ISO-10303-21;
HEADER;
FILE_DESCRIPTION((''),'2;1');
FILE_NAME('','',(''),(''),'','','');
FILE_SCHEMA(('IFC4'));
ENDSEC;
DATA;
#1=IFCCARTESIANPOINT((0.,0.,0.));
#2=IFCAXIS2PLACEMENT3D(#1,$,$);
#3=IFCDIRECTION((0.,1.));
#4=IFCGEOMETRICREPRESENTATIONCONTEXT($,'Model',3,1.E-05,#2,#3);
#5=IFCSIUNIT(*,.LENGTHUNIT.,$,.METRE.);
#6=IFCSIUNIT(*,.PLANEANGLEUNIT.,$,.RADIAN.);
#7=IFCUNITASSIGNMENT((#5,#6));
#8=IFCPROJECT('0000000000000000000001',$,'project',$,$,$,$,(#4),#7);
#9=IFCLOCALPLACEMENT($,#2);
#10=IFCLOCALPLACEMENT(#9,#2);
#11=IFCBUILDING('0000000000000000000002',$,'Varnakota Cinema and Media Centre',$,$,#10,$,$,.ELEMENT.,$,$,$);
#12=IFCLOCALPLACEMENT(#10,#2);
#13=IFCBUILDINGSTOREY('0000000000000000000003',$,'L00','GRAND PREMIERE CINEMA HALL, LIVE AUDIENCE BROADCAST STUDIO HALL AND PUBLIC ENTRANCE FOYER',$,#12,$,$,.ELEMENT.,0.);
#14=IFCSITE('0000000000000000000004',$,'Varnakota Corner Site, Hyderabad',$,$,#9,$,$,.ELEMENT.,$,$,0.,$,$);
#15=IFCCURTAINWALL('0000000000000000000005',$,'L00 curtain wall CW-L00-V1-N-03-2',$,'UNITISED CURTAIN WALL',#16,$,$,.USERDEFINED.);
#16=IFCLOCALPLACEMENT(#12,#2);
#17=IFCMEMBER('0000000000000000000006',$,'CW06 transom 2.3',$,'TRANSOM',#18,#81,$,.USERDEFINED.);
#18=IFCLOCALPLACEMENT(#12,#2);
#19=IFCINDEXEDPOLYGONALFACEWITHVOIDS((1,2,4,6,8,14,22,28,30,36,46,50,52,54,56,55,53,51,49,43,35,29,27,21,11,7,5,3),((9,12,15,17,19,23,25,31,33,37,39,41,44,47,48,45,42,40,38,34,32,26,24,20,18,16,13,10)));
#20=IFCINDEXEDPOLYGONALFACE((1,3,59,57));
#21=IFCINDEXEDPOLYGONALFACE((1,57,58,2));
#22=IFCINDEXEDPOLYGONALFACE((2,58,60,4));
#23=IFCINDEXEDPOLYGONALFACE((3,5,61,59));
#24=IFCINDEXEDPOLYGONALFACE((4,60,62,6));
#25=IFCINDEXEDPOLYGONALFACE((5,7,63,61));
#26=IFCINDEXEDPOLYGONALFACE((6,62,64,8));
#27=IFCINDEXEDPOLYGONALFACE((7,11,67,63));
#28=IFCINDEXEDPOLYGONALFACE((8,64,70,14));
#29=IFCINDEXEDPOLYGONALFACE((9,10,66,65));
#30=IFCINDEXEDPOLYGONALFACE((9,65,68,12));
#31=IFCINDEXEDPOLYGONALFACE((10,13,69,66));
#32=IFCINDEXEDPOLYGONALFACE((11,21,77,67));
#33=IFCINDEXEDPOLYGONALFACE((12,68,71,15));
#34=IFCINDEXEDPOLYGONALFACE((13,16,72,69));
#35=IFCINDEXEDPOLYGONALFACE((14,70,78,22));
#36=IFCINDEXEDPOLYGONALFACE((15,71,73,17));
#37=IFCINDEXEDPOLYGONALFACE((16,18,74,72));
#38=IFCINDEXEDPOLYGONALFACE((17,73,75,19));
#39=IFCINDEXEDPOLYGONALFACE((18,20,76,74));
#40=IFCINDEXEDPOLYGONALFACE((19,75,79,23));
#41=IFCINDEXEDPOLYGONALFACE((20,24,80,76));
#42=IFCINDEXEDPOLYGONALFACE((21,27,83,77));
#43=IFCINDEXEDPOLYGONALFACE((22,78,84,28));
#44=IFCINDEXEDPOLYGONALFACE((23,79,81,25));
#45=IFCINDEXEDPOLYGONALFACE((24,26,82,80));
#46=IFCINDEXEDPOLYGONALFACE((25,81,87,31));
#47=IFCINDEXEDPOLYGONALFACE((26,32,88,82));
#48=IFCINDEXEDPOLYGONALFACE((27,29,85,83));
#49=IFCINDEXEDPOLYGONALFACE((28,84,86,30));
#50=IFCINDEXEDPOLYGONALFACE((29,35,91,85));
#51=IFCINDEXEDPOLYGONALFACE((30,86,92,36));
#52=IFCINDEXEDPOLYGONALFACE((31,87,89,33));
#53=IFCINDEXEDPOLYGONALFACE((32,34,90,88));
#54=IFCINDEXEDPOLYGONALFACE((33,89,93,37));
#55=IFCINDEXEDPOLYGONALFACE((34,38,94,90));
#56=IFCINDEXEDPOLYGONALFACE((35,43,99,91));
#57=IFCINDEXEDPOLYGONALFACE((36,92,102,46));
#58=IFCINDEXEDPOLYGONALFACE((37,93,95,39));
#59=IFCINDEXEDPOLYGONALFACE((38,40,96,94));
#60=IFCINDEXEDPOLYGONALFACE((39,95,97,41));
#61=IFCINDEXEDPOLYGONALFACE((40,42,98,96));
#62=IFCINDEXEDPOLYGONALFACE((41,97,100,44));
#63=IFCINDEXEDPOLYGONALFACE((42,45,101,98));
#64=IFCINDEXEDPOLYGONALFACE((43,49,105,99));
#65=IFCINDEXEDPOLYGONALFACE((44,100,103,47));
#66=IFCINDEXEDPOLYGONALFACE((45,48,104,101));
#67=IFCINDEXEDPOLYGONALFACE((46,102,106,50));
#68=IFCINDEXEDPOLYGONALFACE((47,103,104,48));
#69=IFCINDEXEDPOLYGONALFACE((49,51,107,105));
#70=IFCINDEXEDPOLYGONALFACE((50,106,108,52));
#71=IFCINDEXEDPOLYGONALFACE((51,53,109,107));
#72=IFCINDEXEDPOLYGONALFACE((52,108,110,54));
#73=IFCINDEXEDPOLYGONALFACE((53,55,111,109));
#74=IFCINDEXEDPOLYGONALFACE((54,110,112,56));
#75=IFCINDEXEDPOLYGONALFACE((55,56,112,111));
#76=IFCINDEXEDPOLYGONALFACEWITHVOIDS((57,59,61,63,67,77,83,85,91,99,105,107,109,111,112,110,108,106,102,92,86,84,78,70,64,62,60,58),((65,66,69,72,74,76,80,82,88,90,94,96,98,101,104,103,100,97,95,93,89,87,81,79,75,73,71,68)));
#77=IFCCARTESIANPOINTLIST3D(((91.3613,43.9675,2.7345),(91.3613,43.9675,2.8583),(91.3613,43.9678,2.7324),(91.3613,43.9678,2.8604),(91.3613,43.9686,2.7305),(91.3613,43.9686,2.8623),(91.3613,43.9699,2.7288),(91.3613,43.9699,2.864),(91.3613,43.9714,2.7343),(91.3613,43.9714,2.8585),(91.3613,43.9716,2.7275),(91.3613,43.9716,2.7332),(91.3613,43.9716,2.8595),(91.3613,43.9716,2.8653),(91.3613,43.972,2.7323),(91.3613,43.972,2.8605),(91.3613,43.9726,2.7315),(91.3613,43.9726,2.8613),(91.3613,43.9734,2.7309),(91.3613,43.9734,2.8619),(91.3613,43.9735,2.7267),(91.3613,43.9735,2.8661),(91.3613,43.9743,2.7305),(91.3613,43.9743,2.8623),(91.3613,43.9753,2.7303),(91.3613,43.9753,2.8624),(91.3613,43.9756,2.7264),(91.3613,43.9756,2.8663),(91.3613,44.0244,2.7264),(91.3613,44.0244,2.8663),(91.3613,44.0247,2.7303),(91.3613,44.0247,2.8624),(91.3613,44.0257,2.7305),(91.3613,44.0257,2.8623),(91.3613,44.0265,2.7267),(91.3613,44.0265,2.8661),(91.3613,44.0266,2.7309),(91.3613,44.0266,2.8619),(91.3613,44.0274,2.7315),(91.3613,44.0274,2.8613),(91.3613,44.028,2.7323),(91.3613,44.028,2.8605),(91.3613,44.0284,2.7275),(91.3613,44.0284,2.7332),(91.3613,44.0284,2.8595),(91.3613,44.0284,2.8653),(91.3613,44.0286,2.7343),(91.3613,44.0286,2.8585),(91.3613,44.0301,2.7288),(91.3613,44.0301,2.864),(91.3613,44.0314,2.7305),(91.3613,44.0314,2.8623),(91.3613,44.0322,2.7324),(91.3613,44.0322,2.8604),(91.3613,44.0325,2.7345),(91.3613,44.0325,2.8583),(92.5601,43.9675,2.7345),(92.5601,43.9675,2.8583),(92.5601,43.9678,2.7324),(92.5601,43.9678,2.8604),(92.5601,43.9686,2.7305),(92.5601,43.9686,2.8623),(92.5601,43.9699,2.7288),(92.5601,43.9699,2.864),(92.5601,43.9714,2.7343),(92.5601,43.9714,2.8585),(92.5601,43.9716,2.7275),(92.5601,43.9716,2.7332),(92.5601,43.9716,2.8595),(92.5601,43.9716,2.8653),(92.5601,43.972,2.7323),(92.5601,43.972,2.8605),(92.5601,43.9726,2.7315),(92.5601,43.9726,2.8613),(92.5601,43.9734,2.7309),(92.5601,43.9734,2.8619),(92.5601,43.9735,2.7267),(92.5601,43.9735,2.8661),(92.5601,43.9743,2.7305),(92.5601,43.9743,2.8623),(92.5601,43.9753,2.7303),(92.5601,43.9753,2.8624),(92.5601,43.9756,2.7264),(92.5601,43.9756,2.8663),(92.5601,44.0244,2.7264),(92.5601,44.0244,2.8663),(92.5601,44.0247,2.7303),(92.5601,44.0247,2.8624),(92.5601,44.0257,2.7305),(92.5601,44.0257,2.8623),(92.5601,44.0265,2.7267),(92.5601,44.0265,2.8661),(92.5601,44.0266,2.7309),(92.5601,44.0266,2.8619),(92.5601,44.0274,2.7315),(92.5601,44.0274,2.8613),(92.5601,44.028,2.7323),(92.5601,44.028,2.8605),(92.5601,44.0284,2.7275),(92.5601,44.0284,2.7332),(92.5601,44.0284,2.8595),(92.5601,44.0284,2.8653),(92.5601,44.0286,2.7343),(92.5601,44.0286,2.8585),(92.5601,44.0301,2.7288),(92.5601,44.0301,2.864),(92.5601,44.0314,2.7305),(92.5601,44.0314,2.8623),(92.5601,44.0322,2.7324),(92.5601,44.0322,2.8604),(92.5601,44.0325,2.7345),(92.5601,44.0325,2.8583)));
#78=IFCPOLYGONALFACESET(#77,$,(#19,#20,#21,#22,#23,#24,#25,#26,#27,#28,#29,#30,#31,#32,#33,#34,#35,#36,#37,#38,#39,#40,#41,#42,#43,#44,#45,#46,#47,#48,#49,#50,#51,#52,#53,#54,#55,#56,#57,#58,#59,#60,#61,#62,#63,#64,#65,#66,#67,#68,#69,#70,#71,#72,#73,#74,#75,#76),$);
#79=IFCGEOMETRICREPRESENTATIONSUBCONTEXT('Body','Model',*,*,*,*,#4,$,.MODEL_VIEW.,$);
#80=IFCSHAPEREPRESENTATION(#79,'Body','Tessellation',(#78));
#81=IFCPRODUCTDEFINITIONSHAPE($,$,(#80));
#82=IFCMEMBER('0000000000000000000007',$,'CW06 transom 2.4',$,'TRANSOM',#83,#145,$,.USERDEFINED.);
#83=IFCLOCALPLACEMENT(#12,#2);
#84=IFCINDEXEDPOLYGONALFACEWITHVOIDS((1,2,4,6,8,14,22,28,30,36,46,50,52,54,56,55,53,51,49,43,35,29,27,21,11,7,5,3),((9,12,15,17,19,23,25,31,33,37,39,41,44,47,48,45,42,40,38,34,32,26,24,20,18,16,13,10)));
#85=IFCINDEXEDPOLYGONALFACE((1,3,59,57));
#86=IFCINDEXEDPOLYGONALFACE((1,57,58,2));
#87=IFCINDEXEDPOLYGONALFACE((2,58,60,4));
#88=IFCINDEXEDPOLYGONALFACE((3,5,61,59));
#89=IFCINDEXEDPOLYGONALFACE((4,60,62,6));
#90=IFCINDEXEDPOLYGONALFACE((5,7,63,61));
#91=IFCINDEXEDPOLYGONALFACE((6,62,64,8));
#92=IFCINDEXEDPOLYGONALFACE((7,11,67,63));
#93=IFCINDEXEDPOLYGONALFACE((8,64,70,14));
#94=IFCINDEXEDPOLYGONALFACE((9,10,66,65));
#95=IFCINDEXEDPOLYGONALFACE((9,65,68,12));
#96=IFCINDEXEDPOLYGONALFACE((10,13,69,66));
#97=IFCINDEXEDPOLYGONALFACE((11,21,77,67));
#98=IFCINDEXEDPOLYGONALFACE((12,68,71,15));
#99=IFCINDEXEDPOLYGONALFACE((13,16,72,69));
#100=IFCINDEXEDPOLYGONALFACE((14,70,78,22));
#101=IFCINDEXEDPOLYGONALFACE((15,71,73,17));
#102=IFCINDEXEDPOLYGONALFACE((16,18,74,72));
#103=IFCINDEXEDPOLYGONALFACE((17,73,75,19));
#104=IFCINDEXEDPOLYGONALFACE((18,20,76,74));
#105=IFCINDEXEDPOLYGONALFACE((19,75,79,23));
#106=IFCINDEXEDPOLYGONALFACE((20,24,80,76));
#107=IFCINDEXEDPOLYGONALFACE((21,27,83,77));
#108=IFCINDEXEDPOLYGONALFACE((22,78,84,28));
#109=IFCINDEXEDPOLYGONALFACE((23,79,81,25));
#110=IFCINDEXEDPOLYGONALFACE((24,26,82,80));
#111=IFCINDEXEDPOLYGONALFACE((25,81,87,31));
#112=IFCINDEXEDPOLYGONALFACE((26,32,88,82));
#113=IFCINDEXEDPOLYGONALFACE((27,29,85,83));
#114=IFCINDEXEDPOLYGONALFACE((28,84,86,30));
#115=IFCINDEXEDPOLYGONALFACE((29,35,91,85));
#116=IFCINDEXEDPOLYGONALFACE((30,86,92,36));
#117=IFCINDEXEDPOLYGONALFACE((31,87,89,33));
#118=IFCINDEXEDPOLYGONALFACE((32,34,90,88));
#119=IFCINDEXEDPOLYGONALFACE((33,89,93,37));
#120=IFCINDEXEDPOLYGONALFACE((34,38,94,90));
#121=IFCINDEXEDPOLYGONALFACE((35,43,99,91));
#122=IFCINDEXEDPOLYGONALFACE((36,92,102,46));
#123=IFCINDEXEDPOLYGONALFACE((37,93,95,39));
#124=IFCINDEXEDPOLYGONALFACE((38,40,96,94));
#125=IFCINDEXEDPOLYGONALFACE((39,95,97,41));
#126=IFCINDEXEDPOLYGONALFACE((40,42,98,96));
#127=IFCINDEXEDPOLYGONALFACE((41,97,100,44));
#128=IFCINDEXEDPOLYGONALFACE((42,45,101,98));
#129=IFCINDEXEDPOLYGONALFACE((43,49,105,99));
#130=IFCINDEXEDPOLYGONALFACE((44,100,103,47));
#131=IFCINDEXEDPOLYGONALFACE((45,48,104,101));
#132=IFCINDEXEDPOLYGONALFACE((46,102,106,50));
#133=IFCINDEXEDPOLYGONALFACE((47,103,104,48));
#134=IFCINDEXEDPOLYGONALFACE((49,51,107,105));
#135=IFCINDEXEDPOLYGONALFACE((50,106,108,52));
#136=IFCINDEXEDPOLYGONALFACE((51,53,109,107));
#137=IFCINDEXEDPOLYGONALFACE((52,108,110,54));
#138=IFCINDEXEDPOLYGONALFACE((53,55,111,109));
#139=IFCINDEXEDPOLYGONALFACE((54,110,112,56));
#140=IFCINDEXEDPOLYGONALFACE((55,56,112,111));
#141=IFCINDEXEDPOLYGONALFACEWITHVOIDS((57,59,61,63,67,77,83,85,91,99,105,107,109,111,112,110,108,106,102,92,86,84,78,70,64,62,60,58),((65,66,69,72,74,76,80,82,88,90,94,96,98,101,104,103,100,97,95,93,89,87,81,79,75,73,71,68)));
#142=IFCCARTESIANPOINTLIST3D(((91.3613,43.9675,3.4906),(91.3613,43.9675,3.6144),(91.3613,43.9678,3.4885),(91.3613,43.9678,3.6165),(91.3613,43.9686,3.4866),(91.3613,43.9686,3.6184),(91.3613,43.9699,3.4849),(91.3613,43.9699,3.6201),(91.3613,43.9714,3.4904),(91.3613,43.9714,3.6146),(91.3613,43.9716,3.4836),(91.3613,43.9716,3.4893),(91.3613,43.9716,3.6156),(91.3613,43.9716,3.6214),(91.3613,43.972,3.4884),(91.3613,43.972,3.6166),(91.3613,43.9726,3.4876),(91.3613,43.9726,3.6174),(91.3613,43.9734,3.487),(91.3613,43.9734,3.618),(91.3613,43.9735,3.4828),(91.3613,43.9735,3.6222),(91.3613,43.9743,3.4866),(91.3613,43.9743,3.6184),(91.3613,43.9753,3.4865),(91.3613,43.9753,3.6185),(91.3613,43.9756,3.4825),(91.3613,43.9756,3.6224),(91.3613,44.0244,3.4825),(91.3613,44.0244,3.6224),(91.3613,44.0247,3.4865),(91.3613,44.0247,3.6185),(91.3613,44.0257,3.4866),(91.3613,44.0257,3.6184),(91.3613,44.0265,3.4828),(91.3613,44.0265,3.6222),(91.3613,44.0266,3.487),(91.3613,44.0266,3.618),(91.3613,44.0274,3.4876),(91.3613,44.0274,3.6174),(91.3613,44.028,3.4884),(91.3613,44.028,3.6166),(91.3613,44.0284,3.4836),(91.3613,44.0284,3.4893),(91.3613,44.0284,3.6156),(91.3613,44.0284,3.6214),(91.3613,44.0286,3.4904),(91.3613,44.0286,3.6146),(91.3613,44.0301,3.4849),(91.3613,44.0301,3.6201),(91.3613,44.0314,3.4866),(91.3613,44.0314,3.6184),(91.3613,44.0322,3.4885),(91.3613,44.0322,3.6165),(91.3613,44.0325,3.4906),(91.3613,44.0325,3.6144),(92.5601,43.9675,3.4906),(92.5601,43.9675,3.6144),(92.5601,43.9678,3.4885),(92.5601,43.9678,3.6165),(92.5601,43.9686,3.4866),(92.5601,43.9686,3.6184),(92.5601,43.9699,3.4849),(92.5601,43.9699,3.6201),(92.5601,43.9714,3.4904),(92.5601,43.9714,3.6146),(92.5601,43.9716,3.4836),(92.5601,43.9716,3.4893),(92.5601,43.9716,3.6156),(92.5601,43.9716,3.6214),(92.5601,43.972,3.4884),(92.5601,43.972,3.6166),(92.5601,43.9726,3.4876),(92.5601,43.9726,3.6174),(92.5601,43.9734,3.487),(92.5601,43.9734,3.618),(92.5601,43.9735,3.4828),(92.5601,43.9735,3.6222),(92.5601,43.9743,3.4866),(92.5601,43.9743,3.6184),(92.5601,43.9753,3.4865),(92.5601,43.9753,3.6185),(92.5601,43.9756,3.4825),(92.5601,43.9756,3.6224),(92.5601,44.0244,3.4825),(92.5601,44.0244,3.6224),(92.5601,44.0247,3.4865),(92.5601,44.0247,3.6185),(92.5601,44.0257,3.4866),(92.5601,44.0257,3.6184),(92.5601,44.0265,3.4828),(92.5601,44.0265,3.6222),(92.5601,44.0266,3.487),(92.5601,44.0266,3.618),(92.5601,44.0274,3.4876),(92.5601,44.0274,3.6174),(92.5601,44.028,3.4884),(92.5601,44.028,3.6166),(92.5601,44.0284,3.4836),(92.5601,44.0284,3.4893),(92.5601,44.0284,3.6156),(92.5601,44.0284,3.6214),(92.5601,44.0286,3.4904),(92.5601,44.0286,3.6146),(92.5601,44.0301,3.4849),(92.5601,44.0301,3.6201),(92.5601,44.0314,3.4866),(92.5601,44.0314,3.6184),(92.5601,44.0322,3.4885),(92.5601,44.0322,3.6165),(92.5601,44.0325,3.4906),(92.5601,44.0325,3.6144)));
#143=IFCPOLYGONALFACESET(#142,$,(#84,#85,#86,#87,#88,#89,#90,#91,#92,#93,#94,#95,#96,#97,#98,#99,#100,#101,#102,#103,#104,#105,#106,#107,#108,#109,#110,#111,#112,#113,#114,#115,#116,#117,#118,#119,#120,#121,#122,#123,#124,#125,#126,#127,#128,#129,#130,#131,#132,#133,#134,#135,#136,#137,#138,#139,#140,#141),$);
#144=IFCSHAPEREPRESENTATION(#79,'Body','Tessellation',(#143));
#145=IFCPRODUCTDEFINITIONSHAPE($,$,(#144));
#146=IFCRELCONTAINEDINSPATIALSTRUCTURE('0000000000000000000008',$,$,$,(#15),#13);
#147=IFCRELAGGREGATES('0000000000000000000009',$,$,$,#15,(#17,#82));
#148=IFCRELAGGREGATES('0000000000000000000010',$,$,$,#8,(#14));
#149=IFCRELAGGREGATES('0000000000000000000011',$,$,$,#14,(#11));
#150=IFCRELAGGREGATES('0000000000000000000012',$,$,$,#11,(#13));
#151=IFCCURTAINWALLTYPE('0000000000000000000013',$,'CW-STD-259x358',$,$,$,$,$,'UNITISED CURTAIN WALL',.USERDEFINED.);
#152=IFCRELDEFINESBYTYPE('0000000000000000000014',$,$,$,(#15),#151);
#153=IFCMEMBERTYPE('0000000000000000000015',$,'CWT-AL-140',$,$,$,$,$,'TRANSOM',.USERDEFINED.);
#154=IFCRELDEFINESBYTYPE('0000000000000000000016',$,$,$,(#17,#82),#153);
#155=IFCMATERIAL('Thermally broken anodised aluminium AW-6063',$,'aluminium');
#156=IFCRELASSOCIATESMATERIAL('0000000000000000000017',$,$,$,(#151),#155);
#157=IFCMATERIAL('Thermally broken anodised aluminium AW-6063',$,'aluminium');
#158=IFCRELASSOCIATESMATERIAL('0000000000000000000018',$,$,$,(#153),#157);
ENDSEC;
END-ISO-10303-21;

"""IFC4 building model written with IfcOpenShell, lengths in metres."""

from ifc_helpers import new_model, si_unit, direction, frame, origin, origin_2d, place, context, subcontext, project, spatial, hollow_rectangle, extrude, material, material_profile, profile_set, type_object, element, aggregate, save


model = new_model("IFC4")

# Units and contexts
model_context = context("Model", 3, precision=1e-05, world=origin(), true_north=direction((0.0, 1.0)))
body_context = subcontext(model_context, "Body", "Model", "MODEL_VIEW")
ifc_project = project(units=[si_unit("LENGTHUNIT", "METRE"), si_unit("PLANEANGLEUNIT", "RADIAN")], contexts=[model_context])

# Site, building, storey
site_placement = place(None, origin())
site = spatial("IfcSite", under=ifc_project, at=site_placement, Name="Varnakota Corner Site, Hyderabad", CompositionType="ELEMENT", RefElevation=0.0)
building_placement = place(site_placement, origin())
building = spatial("IfcBuilding", under=site, at=building_placement, Name="Varnakota Cinema and Media Centre", CompositionType="ELEMENT")
storey_placement = place(building_placement, origin())
storey = spatial("IfcBuildingStorey", under=building, at=storey_placement, Name="L00", Description="GRAND PREMIERE CINEMA HALL, LIVE AUDIENCE BROADCAST STUDIO HALL AND PUBLIC ENTRANCE FOYER", CompositionType="ELEMENT", Elevation=0.0)

# Curtain wall
ifc_material_1 = material(Name="Thermally broken anodised aluminium AW-6063", Category="aluminium")
curtain_wall_type = type_object("IfcCurtainWallType", Name="CW-STD-259x358", ElementType="UNITISED CURTAIN WALL", PredefinedType="USERDEFINED", material=ifc_material_1)
curtain_wall_1_placement = place(storey_placement, origin())
curtain_wall_1 = element("IfcCurtainWall", 1, at=curtain_wall_1_placement, inside=storey, type_object=curtain_wall_type, Name="L00 curtain wall CW-L00-V1-N-03-2", ObjectType="UNITISED CURTAIN WALL", PredefinedType="USERDEFINED")

# Members
ifc_material_2 = material(Name="Thermally broken anodised aluminium AW-6063", Category="aluminium")
ifc_material_profile_1 = material_profile(ifc_material_2, hollow_rectangle(XDim=0.0649, YDim=0.1399, WallThickness=0.0039, InnerFilletRadius=0.0039, OuterFilletRadius=0.0081, at=origin_2d()), Name="AL-TRANSOM 140x65x4")
ifc_profile_set_1 = profile_set([ifc_material_profile_1], Name="Thermally broken anodised aluminium AW-6063")
member_type_1 = type_object("IfcMemberType", Name="CWT-AL-140", ElementType="TRANSOM", PredefinedType="USERDEFINED", material=ifc_profile_set_1)
member_1_placement = place(storey_placement, frame((91.3613, 44.0, 2.7964), z_axis=(1.0, 0.0, 0.0), x_axis=(0.0, 1.0, 0.0)))
member_1 = element("IfcMember", 2, at=member_1_placement, type_object=member_type_1, Name="CW06 transom 2.3", ObjectType="TRANSOM", PredefinedType="USERDEFINED", context=body_context, shape_type="SweptSolid", body=[
    extrude(hollow_rectangle(XDim=0.0649, YDim=0.1399, WallThickness=0.0039, InnerFilletRadius=0.0039, OuterFilletRadius=0.0081, at=origin_2d()), origin(), (0.0, 0.0, 1.0), 1.1987),
])
member_2_placement = place(storey_placement, frame((91.3613, 44.0, 3.5525), z_axis=(1.0, 0.0, 0.0), x_axis=(0.0, 1.0, 0.0)))
member_2 = element("IfcMember", 3, at=member_2_placement, type_object=member_type_1, Name="CW06 transom 2.4", ObjectType="TRANSOM", PredefinedType="USERDEFINED", context=body_context, shape_type="SweptSolid", body=[
    extrude(hollow_rectangle(XDim=0.0649, YDim=0.1399, WallThickness=0.0039, InnerFilletRadius=0.0039, OuterFilletRadius=0.0081, at=origin_2d()), origin(), (0.0, 0.0, 1.0), 1.1987),
])

aggregate(curtain_wall_1, [member_1, member_2])

save(model, "model.ifc")
